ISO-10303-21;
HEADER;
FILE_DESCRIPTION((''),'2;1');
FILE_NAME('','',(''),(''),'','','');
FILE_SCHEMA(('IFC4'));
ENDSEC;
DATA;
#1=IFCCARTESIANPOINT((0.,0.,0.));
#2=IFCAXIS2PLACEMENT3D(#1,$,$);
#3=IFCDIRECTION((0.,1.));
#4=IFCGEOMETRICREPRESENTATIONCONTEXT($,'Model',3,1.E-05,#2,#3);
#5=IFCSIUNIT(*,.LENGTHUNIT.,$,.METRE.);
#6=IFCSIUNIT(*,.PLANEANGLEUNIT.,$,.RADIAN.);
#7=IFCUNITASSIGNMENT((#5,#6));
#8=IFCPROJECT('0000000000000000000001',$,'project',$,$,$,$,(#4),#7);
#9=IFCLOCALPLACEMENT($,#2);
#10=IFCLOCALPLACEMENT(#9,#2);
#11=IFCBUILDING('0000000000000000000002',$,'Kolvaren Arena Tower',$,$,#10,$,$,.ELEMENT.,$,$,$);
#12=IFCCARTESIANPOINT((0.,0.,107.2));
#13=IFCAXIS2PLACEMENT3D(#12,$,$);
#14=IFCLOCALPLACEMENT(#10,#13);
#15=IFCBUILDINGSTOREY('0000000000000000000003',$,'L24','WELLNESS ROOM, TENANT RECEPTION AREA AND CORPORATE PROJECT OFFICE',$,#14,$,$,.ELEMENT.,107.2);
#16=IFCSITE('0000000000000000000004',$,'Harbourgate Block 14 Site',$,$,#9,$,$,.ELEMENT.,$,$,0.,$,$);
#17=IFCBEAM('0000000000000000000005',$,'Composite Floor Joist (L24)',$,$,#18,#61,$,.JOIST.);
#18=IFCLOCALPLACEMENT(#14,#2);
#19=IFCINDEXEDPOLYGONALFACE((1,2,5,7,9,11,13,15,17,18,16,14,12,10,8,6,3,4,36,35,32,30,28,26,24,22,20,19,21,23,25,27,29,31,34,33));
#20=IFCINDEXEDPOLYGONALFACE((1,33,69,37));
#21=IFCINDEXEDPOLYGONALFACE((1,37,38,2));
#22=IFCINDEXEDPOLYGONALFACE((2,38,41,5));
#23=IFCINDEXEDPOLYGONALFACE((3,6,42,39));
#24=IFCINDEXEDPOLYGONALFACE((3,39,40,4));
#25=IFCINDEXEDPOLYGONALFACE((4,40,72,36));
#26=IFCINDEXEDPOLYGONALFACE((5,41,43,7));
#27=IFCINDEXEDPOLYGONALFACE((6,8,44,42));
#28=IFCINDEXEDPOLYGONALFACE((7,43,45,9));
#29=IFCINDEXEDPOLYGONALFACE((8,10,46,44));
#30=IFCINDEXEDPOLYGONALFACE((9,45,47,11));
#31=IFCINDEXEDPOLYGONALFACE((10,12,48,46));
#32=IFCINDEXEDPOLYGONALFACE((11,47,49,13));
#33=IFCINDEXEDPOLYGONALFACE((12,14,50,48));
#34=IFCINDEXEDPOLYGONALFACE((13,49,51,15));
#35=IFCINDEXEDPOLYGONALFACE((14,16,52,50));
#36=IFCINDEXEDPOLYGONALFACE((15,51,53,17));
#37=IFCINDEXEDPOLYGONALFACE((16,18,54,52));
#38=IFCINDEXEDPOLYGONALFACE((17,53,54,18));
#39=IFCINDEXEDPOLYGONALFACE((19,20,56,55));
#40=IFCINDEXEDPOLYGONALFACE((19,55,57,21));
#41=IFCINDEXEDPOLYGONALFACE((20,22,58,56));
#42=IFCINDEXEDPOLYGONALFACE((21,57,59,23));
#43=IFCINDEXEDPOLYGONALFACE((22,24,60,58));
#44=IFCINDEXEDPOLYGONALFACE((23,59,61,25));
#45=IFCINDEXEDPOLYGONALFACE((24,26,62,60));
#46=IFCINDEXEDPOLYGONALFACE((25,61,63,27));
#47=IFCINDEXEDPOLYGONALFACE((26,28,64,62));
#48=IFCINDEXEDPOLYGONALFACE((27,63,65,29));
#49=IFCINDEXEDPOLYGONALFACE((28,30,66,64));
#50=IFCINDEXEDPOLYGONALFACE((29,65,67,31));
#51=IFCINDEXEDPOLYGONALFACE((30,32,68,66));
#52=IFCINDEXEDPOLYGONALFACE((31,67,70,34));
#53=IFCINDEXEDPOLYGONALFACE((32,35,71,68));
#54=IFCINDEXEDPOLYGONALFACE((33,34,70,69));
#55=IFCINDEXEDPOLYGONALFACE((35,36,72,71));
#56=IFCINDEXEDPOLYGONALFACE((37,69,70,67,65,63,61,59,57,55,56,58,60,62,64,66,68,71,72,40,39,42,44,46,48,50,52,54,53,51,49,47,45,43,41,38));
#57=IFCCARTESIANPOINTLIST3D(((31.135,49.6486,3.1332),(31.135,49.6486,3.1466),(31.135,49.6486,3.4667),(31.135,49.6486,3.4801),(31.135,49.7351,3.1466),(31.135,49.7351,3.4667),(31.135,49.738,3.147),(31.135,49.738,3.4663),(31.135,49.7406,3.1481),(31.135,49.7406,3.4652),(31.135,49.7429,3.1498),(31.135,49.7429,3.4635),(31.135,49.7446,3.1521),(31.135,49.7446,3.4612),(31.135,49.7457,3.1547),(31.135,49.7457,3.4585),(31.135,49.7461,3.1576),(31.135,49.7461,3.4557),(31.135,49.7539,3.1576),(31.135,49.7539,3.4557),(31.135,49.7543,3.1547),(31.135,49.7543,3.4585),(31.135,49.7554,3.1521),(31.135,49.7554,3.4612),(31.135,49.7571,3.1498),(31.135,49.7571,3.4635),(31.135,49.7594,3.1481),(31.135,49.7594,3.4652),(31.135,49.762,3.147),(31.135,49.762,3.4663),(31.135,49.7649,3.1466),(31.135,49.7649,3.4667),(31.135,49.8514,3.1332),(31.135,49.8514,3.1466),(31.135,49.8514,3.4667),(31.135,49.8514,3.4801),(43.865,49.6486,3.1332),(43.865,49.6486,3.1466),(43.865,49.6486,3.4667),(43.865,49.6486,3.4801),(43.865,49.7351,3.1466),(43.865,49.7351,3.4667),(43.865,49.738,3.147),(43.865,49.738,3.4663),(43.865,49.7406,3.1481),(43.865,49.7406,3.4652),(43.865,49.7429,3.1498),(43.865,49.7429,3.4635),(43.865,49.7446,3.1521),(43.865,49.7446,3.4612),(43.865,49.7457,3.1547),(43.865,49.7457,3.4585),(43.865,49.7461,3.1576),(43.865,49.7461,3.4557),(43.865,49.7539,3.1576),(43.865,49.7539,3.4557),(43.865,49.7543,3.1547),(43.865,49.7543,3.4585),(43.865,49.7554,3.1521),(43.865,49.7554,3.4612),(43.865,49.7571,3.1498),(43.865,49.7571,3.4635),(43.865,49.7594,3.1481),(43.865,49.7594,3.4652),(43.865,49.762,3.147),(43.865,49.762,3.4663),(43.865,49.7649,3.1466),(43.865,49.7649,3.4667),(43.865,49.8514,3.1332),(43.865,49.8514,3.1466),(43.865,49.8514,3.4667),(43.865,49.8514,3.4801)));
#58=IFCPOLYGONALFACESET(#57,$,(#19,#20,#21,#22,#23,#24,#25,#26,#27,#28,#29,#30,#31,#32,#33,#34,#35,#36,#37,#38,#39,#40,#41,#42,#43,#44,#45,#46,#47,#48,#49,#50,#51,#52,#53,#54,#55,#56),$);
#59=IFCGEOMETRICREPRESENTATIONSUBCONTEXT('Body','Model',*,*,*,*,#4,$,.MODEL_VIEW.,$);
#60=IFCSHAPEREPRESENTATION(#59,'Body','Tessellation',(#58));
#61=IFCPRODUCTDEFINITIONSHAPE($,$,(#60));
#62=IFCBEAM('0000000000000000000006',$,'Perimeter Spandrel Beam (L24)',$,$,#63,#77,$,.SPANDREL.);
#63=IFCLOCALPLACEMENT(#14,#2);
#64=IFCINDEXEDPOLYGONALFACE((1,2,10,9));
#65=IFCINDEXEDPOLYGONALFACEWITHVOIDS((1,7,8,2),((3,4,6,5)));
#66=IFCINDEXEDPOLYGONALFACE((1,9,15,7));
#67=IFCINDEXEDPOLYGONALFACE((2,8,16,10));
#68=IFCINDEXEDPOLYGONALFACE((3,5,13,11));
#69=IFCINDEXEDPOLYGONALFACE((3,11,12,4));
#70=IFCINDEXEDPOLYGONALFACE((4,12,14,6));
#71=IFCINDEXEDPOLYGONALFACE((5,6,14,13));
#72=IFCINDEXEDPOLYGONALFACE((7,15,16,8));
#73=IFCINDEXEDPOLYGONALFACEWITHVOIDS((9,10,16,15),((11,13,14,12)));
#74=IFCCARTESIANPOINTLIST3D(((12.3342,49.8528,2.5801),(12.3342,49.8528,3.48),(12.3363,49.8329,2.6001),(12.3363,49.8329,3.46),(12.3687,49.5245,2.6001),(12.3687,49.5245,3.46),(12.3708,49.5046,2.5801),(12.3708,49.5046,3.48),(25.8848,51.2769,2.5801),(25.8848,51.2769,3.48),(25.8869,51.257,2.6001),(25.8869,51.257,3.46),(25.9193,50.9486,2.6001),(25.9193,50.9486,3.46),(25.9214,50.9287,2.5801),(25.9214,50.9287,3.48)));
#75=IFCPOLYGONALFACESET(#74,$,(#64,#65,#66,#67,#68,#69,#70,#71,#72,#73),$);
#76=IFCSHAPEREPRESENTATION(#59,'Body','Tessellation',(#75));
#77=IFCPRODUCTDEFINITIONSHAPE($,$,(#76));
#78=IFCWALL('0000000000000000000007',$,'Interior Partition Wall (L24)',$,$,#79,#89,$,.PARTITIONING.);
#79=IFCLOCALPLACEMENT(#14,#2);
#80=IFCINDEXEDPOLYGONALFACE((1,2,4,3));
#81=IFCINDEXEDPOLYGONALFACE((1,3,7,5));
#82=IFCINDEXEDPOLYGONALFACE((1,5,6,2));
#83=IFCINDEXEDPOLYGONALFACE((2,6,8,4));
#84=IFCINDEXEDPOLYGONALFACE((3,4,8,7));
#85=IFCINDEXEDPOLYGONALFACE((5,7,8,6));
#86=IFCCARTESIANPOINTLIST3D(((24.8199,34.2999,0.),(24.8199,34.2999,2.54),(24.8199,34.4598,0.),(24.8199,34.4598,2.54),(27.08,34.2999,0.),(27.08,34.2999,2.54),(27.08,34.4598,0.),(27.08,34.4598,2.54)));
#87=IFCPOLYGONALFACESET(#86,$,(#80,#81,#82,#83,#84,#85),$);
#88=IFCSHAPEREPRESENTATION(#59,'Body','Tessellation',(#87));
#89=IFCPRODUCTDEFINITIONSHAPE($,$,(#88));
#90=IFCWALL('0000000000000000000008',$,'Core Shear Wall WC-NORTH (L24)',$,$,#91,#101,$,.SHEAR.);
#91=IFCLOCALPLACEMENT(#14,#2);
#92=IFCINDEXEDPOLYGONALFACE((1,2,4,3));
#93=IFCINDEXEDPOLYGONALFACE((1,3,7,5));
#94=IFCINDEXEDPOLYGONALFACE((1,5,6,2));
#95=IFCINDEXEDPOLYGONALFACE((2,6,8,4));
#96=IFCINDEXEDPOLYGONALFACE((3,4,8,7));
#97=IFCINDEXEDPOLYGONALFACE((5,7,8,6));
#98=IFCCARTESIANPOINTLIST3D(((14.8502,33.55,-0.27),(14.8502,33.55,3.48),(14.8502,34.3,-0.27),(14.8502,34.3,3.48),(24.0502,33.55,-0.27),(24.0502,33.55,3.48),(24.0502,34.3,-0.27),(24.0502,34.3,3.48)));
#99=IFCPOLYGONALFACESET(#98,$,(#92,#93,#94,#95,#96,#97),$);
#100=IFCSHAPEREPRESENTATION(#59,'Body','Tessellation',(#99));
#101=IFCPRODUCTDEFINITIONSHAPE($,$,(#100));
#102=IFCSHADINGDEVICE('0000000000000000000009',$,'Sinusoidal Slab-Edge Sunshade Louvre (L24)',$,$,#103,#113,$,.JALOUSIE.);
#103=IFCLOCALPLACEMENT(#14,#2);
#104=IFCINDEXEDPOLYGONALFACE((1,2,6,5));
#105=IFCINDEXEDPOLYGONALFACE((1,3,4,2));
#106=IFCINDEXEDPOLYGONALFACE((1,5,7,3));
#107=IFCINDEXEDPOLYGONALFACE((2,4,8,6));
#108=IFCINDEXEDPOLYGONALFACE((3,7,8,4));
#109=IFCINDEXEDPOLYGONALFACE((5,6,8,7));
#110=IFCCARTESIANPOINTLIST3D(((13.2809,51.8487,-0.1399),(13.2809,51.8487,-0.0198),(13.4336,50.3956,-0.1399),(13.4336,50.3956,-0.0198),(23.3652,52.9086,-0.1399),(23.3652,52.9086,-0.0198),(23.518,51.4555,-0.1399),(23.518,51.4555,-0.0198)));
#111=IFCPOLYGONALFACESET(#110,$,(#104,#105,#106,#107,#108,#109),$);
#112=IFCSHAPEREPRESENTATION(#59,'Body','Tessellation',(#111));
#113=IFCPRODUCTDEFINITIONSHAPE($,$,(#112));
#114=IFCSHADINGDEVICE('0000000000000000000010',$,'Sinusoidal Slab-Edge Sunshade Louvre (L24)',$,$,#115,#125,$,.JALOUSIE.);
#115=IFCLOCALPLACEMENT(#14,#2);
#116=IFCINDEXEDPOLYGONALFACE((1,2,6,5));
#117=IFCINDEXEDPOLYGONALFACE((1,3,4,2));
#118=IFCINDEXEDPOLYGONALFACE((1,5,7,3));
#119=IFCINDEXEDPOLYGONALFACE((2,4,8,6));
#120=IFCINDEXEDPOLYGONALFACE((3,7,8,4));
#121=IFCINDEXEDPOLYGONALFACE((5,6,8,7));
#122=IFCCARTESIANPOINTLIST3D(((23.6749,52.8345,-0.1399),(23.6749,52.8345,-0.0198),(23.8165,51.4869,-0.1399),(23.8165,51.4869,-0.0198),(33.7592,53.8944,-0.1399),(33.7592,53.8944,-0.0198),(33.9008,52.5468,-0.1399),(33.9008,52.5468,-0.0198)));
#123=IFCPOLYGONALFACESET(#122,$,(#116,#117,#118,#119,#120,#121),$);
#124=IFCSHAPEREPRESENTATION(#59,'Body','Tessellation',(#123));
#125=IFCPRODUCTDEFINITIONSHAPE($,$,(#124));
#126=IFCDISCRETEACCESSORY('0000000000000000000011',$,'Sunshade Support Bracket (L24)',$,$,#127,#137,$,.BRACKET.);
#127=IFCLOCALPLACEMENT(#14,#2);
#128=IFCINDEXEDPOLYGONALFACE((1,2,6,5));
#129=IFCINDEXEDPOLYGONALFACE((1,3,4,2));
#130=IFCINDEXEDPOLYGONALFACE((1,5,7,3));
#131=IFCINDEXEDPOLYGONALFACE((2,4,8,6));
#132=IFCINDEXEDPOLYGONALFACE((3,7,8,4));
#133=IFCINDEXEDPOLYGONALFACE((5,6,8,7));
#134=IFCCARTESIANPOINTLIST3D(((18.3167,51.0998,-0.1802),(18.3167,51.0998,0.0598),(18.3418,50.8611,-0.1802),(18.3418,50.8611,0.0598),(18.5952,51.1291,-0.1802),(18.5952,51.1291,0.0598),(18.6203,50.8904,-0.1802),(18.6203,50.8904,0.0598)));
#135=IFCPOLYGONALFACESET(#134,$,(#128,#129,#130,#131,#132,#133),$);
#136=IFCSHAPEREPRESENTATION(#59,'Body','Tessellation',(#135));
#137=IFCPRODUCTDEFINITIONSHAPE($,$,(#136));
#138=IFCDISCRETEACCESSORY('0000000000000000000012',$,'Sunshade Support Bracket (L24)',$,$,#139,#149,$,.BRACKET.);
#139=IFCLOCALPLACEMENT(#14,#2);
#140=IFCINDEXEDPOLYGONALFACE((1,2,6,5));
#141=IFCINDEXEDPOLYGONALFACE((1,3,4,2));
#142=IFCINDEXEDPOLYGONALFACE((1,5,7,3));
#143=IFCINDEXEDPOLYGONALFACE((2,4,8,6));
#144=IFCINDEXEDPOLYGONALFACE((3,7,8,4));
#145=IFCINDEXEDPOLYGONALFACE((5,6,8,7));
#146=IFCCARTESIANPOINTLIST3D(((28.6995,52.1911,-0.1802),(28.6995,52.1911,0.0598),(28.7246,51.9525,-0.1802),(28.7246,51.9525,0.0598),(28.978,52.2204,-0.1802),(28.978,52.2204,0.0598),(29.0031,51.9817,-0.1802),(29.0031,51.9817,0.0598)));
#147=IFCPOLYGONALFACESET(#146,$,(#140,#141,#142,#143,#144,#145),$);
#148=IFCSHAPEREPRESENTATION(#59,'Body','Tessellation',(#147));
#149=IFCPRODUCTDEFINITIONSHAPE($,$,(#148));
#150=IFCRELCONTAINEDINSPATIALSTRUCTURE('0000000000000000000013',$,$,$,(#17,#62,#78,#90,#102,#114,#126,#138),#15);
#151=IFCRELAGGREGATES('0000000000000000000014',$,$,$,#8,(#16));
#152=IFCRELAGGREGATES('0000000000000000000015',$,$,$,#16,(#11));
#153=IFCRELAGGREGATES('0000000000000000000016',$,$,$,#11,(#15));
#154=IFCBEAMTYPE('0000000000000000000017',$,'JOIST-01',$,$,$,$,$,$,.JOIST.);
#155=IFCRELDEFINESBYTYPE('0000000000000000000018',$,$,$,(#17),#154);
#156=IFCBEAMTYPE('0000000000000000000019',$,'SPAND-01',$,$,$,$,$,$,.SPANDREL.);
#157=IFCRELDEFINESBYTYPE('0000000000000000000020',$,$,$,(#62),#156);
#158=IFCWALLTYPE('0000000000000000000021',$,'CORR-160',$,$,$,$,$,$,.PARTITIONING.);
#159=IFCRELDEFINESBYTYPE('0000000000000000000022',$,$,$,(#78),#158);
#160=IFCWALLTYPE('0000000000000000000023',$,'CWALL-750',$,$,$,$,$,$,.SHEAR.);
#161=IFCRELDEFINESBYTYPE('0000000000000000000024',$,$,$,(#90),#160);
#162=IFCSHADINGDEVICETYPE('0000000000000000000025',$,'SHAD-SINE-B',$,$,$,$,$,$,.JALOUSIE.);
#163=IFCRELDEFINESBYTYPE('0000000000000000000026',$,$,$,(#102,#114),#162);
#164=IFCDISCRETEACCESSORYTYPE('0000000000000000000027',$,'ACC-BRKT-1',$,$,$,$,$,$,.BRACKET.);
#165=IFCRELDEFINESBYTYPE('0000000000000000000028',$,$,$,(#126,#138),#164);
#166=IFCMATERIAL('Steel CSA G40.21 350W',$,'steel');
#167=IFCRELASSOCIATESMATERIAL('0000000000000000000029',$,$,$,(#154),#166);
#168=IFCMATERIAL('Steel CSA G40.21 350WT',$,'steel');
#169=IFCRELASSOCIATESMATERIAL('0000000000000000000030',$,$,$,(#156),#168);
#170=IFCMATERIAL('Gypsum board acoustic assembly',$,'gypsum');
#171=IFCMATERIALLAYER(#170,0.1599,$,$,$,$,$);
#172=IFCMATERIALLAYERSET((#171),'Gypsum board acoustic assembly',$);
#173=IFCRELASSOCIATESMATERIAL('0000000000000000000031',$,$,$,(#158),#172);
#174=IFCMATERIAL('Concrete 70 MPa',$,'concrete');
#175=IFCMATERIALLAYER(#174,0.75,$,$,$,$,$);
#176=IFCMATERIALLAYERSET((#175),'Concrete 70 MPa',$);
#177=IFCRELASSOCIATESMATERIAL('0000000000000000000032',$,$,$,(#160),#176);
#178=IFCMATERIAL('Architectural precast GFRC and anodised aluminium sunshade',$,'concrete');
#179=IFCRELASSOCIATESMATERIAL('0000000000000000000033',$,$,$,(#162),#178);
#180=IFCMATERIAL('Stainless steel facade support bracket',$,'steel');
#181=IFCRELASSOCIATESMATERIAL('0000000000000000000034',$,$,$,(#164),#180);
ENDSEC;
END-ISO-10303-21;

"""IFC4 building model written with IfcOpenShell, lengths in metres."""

from ifc_helpers import new_model, si_unit, direction, frame, frame_2d, origin, origin_2d, place, context, subcontext, project, spatial, rectangle, hollow_rectangle, i_section, extrude, material, layer, layer_set, material_profile, profile_set, type_object, element, save


model = new_model("IFC4")

# Units and contexts
model_context = context("Model", 3, precision=1e-05, world=origin(), true_north=direction((0.0, 1.0)))
body_context = subcontext(model_context, "Body", "Model", "MODEL_VIEW")
ifc_project = project(units=[si_unit("LENGTHUNIT", "METRE"), si_unit("PLANEANGLEUNIT", "RADIAN")], contexts=[model_context])

# Site, building, storey
site_placement = place(None, origin())
site = spatial("IfcSite", under=ifc_project, at=site_placement, Name="Harbourgate Block 14 Site", CompositionType="ELEMENT", RefElevation=0.0)
building_placement = place(site_placement, origin())
building = spatial("IfcBuilding", under=site, at=building_placement, Name="Kolvaren Arena Tower", CompositionType="ELEMENT")
storey_placement = place(building_placement, frame((0.0, 0.0, 107.2)))
storey = spatial("IfcBuildingStorey", under=building, at=storey_placement, Name="L24", Description="WELLNESS ROOM, TENANT RECEPTION AREA AND CORPORATE PROJECT OFFICE", CompositionType="ELEMENT", Elevation=107.2)

# Beams
ifc_material_1 = material(Name="Steel CSA G40.21 350W", Category="steel")
ifc_material_profile_1 = material_profile(ifc_material_1, i_section(OverallWidth=0.2029, OverallDepth=0.3469, WebThickness=0.0078, FlangeThickness=0.0134, FilletRadius=0.011, at=origin_2d()), Name="W360x64")
ifc_profile_set_1 = profile_set([ifc_material_profile_1], Name="Steel CSA G40.21 350W")
beam_type_1 = type_object("IfcBeamType", Name="JOIST-01", PredefinedType="JOIST", material=ifc_profile_set_1)
beam_1_placement = place(storey_placement, frame((31.135, 49.75, 3.3066), z_axis=(1.0, 0.0, 0.0), x_axis=(0.0, 1.0, 0.0)))
element("IfcBeam", 1, at=beam_1_placement, inside=storey, type_object=beam_type_1, Name="Composite Floor Joist (L24)", PredefinedType="JOIST", context=body_context, shape_type="SweptSolid", body=[
    extrude(i_section(OverallWidth=0.2029, OverallDepth=0.3469, WebThickness=0.0078, FlangeThickness=0.0134, FilletRadius=0.011, at=origin_2d()), origin(), (0.0, 0.0, 1.0), 12.73),
])
ifc_material_2 = material(Name="Steel CSA G40.21 350WT", Category="steel")
ifc_material_profile_2 = material_profile(ifc_material_2, hollow_rectangle(XDim=0.3501, YDim=0.8999, WallThickness=0.02, at=origin_2d()), Name="HSS 900x350x20")
ifc_profile_set_2 = profile_set([ifc_material_profile_2], Name="Steel CSA G40.21 350WT")
beam_type_2 = type_object("IfcBeamType", Name="SPAND-01", PredefinedType="SPANDREL", material=ifc_profile_set_2)
beam_2_placement = place(storey_placement, frame((25.9031, 51.1028, 3.03), z_axis=(-0.994523, -0.104518, 0.0), x_axis=(0.104518, -0.994523, 0.0)))
element("IfcBeam", 2, at=beam_2_placement, inside=storey, type_object=beam_type_2, Name="Perimeter Spandrel Beam (L24)", PredefinedType="SPANDREL", context=body_context, shape_type="SweptSolid", body=[
    extrude(hollow_rectangle(XDim=0.3501, YDim=0.8999, WallThickness=0.02, at=origin_2d()), origin(), (0.0, 0.0, 1.0), 13.6252),
])

# Walls
ifc_material_3 = material(Name="Gypsum board acoustic assembly", Category="gypsum")
ifc_layer_1 = layer(ifc_material_3, 0.1599)
ifc_layer_set_1 = layer_set([ifc_layer_1], Name="Gypsum board acoustic assembly")
wall_type_1 = type_object("IfcWallType", Name="CORR-160", PredefinedType="PARTITIONING", material=ifc_layer_set_1)
wall_1_placement = place(storey_placement, frame((24.8201, 34.3799, 0.0), z_axis=(0.0, 0.0, 1.0), x_axis=(1.0, 0.0, 0.0)))
element("IfcWall", 3, at=wall_1_placement, inside=storey, type_object=wall_type_1, Name="Interior Partition Wall (L24)", PredefinedType="PARTITIONING", context=body_context, shape_type="SweptSolid", body=[
    extrude(rectangle(XDim=2.26, YDim=0.1599, at=frame_2d((1.1299, 0.0))), origin(), (0.0, 0.0, 1.0), 2.54),
])
ifc_material_4 = material(Name="Concrete 70 MPa", Category="concrete")
ifc_layer_2 = layer(ifc_material_4, 0.75)
ifc_layer_set_2 = layer_set([ifc_layer_2], Name="Concrete 70 MPa")
wall_type_2 = type_object("IfcWallType", Name="CWALL-750", PredefinedType="SHEAR", material=ifc_layer_set_2)
wall_2_placement = place(storey_placement, frame((14.8501, 33.925, -0.27), z_axis=(0.0, 0.0, 1.0), x_axis=(1.0, 0.0, 0.0)))
element("IfcWall", 4, at=wall_2_placement, inside=storey, type_object=wall_type_2, Name="Core Shear Wall WC-NORTH (L24)", PredefinedType="SHEAR", context=body_context, shape_type="SweptSolid", body=[
    extrude(rectangle(XDim=9.2, YDim=0.75, at=frame_2d((4.6001, 0.0))), origin(), (0.0, 0.0, 1.0), 3.75),
])

# Shading devices
ifc_material_5 = material(Name="Architectural precast GFRC and anodised aluminium sunshade", Category="concrete")
shading_device_type = type_object("IfcShadingDeviceType", Name="SHAD-SINE-B", PredefinedType="JALOUSIE", material=ifc_material_5)
shading_device_1_placement = place(storey_placement, frame((18.3994, 51.6521, -0.1399), z_axis=(0.0, 0.0, 1.0), x_axis=(0.994522, 0.104527, 0.0)))
element("IfcShadingDevice", 5, at=shading_device_1_placement, inside=storey, type_object=shading_device_type, Name="Sinusoidal Slab-Edge Sunshade Louvre (L24)", PredefinedType="JALOUSIE", context=body_context, shape_type="SweptSolid", body=[
    extrude(rectangle(XDim=10.1399, YDim=1.4612, at=origin_2d()), origin(), (0.0, 0.0, 1.0), 0.1201),
])
shading_device_2_placement = place(storey_placement, frame((28.7878, 52.6907, -0.1399), z_axis=(0.0, 0.0, 1.0), x_axis=(0.994522, 0.104527, 0.0)))
element("IfcShadingDevice", 6, at=shading_device_2_placement, inside=storey, type_object=shading_device_type, Name="Sinusoidal Slab-Edge Sunshade Louvre (L24)", PredefinedType="JALOUSIE", context=body_context, shape_type="SweptSolid", body=[
    extrude(rectangle(XDim=10.1399, YDim=1.355, at=origin_2d()), origin(), (0.0, 0.0, 1.0), 0.1201),
])

# Discrete accessories
ifc_material_6 = material(Name="Stainless steel facade support bracket", Category="steel")
discrete_accessory_type = type_object("IfcDiscreteAccessoryType", Name="ACC-BRKT-1", PredefinedType="BRACKET", material=ifc_material_6)
for number, where, z_axis, x_axis, name in (
    (7, (18.4685, 50.9951, -0.1802), (0.0, 0.0, 1.0), (0.994522, 0.104527, 0.0), "Sunshade Support Bracket (L24)"),
    (8, (28.8513, 52.0864, -0.1802), (0.0, 0.0, 1.0), (0.994522, 0.104527, 0.0), "Sunshade Support Bracket (L24)"),
):
    element("IfcDiscreteAccessory", number, at=place(storey_placement, frame(where, z_axis=z_axis, x_axis=x_axis)), inside=storey, type_object=discrete_accessory_type, Name=name, PredefinedType="BRACKET", context=body_context, shape_type="SweptSolid", body=[
        extrude(rectangle(XDim=0.28, YDim=0.24, at=origin_2d()), origin(), (0.0, 0.0, 1.0), 0.24),
    ])

save(model, "model.ifc")
